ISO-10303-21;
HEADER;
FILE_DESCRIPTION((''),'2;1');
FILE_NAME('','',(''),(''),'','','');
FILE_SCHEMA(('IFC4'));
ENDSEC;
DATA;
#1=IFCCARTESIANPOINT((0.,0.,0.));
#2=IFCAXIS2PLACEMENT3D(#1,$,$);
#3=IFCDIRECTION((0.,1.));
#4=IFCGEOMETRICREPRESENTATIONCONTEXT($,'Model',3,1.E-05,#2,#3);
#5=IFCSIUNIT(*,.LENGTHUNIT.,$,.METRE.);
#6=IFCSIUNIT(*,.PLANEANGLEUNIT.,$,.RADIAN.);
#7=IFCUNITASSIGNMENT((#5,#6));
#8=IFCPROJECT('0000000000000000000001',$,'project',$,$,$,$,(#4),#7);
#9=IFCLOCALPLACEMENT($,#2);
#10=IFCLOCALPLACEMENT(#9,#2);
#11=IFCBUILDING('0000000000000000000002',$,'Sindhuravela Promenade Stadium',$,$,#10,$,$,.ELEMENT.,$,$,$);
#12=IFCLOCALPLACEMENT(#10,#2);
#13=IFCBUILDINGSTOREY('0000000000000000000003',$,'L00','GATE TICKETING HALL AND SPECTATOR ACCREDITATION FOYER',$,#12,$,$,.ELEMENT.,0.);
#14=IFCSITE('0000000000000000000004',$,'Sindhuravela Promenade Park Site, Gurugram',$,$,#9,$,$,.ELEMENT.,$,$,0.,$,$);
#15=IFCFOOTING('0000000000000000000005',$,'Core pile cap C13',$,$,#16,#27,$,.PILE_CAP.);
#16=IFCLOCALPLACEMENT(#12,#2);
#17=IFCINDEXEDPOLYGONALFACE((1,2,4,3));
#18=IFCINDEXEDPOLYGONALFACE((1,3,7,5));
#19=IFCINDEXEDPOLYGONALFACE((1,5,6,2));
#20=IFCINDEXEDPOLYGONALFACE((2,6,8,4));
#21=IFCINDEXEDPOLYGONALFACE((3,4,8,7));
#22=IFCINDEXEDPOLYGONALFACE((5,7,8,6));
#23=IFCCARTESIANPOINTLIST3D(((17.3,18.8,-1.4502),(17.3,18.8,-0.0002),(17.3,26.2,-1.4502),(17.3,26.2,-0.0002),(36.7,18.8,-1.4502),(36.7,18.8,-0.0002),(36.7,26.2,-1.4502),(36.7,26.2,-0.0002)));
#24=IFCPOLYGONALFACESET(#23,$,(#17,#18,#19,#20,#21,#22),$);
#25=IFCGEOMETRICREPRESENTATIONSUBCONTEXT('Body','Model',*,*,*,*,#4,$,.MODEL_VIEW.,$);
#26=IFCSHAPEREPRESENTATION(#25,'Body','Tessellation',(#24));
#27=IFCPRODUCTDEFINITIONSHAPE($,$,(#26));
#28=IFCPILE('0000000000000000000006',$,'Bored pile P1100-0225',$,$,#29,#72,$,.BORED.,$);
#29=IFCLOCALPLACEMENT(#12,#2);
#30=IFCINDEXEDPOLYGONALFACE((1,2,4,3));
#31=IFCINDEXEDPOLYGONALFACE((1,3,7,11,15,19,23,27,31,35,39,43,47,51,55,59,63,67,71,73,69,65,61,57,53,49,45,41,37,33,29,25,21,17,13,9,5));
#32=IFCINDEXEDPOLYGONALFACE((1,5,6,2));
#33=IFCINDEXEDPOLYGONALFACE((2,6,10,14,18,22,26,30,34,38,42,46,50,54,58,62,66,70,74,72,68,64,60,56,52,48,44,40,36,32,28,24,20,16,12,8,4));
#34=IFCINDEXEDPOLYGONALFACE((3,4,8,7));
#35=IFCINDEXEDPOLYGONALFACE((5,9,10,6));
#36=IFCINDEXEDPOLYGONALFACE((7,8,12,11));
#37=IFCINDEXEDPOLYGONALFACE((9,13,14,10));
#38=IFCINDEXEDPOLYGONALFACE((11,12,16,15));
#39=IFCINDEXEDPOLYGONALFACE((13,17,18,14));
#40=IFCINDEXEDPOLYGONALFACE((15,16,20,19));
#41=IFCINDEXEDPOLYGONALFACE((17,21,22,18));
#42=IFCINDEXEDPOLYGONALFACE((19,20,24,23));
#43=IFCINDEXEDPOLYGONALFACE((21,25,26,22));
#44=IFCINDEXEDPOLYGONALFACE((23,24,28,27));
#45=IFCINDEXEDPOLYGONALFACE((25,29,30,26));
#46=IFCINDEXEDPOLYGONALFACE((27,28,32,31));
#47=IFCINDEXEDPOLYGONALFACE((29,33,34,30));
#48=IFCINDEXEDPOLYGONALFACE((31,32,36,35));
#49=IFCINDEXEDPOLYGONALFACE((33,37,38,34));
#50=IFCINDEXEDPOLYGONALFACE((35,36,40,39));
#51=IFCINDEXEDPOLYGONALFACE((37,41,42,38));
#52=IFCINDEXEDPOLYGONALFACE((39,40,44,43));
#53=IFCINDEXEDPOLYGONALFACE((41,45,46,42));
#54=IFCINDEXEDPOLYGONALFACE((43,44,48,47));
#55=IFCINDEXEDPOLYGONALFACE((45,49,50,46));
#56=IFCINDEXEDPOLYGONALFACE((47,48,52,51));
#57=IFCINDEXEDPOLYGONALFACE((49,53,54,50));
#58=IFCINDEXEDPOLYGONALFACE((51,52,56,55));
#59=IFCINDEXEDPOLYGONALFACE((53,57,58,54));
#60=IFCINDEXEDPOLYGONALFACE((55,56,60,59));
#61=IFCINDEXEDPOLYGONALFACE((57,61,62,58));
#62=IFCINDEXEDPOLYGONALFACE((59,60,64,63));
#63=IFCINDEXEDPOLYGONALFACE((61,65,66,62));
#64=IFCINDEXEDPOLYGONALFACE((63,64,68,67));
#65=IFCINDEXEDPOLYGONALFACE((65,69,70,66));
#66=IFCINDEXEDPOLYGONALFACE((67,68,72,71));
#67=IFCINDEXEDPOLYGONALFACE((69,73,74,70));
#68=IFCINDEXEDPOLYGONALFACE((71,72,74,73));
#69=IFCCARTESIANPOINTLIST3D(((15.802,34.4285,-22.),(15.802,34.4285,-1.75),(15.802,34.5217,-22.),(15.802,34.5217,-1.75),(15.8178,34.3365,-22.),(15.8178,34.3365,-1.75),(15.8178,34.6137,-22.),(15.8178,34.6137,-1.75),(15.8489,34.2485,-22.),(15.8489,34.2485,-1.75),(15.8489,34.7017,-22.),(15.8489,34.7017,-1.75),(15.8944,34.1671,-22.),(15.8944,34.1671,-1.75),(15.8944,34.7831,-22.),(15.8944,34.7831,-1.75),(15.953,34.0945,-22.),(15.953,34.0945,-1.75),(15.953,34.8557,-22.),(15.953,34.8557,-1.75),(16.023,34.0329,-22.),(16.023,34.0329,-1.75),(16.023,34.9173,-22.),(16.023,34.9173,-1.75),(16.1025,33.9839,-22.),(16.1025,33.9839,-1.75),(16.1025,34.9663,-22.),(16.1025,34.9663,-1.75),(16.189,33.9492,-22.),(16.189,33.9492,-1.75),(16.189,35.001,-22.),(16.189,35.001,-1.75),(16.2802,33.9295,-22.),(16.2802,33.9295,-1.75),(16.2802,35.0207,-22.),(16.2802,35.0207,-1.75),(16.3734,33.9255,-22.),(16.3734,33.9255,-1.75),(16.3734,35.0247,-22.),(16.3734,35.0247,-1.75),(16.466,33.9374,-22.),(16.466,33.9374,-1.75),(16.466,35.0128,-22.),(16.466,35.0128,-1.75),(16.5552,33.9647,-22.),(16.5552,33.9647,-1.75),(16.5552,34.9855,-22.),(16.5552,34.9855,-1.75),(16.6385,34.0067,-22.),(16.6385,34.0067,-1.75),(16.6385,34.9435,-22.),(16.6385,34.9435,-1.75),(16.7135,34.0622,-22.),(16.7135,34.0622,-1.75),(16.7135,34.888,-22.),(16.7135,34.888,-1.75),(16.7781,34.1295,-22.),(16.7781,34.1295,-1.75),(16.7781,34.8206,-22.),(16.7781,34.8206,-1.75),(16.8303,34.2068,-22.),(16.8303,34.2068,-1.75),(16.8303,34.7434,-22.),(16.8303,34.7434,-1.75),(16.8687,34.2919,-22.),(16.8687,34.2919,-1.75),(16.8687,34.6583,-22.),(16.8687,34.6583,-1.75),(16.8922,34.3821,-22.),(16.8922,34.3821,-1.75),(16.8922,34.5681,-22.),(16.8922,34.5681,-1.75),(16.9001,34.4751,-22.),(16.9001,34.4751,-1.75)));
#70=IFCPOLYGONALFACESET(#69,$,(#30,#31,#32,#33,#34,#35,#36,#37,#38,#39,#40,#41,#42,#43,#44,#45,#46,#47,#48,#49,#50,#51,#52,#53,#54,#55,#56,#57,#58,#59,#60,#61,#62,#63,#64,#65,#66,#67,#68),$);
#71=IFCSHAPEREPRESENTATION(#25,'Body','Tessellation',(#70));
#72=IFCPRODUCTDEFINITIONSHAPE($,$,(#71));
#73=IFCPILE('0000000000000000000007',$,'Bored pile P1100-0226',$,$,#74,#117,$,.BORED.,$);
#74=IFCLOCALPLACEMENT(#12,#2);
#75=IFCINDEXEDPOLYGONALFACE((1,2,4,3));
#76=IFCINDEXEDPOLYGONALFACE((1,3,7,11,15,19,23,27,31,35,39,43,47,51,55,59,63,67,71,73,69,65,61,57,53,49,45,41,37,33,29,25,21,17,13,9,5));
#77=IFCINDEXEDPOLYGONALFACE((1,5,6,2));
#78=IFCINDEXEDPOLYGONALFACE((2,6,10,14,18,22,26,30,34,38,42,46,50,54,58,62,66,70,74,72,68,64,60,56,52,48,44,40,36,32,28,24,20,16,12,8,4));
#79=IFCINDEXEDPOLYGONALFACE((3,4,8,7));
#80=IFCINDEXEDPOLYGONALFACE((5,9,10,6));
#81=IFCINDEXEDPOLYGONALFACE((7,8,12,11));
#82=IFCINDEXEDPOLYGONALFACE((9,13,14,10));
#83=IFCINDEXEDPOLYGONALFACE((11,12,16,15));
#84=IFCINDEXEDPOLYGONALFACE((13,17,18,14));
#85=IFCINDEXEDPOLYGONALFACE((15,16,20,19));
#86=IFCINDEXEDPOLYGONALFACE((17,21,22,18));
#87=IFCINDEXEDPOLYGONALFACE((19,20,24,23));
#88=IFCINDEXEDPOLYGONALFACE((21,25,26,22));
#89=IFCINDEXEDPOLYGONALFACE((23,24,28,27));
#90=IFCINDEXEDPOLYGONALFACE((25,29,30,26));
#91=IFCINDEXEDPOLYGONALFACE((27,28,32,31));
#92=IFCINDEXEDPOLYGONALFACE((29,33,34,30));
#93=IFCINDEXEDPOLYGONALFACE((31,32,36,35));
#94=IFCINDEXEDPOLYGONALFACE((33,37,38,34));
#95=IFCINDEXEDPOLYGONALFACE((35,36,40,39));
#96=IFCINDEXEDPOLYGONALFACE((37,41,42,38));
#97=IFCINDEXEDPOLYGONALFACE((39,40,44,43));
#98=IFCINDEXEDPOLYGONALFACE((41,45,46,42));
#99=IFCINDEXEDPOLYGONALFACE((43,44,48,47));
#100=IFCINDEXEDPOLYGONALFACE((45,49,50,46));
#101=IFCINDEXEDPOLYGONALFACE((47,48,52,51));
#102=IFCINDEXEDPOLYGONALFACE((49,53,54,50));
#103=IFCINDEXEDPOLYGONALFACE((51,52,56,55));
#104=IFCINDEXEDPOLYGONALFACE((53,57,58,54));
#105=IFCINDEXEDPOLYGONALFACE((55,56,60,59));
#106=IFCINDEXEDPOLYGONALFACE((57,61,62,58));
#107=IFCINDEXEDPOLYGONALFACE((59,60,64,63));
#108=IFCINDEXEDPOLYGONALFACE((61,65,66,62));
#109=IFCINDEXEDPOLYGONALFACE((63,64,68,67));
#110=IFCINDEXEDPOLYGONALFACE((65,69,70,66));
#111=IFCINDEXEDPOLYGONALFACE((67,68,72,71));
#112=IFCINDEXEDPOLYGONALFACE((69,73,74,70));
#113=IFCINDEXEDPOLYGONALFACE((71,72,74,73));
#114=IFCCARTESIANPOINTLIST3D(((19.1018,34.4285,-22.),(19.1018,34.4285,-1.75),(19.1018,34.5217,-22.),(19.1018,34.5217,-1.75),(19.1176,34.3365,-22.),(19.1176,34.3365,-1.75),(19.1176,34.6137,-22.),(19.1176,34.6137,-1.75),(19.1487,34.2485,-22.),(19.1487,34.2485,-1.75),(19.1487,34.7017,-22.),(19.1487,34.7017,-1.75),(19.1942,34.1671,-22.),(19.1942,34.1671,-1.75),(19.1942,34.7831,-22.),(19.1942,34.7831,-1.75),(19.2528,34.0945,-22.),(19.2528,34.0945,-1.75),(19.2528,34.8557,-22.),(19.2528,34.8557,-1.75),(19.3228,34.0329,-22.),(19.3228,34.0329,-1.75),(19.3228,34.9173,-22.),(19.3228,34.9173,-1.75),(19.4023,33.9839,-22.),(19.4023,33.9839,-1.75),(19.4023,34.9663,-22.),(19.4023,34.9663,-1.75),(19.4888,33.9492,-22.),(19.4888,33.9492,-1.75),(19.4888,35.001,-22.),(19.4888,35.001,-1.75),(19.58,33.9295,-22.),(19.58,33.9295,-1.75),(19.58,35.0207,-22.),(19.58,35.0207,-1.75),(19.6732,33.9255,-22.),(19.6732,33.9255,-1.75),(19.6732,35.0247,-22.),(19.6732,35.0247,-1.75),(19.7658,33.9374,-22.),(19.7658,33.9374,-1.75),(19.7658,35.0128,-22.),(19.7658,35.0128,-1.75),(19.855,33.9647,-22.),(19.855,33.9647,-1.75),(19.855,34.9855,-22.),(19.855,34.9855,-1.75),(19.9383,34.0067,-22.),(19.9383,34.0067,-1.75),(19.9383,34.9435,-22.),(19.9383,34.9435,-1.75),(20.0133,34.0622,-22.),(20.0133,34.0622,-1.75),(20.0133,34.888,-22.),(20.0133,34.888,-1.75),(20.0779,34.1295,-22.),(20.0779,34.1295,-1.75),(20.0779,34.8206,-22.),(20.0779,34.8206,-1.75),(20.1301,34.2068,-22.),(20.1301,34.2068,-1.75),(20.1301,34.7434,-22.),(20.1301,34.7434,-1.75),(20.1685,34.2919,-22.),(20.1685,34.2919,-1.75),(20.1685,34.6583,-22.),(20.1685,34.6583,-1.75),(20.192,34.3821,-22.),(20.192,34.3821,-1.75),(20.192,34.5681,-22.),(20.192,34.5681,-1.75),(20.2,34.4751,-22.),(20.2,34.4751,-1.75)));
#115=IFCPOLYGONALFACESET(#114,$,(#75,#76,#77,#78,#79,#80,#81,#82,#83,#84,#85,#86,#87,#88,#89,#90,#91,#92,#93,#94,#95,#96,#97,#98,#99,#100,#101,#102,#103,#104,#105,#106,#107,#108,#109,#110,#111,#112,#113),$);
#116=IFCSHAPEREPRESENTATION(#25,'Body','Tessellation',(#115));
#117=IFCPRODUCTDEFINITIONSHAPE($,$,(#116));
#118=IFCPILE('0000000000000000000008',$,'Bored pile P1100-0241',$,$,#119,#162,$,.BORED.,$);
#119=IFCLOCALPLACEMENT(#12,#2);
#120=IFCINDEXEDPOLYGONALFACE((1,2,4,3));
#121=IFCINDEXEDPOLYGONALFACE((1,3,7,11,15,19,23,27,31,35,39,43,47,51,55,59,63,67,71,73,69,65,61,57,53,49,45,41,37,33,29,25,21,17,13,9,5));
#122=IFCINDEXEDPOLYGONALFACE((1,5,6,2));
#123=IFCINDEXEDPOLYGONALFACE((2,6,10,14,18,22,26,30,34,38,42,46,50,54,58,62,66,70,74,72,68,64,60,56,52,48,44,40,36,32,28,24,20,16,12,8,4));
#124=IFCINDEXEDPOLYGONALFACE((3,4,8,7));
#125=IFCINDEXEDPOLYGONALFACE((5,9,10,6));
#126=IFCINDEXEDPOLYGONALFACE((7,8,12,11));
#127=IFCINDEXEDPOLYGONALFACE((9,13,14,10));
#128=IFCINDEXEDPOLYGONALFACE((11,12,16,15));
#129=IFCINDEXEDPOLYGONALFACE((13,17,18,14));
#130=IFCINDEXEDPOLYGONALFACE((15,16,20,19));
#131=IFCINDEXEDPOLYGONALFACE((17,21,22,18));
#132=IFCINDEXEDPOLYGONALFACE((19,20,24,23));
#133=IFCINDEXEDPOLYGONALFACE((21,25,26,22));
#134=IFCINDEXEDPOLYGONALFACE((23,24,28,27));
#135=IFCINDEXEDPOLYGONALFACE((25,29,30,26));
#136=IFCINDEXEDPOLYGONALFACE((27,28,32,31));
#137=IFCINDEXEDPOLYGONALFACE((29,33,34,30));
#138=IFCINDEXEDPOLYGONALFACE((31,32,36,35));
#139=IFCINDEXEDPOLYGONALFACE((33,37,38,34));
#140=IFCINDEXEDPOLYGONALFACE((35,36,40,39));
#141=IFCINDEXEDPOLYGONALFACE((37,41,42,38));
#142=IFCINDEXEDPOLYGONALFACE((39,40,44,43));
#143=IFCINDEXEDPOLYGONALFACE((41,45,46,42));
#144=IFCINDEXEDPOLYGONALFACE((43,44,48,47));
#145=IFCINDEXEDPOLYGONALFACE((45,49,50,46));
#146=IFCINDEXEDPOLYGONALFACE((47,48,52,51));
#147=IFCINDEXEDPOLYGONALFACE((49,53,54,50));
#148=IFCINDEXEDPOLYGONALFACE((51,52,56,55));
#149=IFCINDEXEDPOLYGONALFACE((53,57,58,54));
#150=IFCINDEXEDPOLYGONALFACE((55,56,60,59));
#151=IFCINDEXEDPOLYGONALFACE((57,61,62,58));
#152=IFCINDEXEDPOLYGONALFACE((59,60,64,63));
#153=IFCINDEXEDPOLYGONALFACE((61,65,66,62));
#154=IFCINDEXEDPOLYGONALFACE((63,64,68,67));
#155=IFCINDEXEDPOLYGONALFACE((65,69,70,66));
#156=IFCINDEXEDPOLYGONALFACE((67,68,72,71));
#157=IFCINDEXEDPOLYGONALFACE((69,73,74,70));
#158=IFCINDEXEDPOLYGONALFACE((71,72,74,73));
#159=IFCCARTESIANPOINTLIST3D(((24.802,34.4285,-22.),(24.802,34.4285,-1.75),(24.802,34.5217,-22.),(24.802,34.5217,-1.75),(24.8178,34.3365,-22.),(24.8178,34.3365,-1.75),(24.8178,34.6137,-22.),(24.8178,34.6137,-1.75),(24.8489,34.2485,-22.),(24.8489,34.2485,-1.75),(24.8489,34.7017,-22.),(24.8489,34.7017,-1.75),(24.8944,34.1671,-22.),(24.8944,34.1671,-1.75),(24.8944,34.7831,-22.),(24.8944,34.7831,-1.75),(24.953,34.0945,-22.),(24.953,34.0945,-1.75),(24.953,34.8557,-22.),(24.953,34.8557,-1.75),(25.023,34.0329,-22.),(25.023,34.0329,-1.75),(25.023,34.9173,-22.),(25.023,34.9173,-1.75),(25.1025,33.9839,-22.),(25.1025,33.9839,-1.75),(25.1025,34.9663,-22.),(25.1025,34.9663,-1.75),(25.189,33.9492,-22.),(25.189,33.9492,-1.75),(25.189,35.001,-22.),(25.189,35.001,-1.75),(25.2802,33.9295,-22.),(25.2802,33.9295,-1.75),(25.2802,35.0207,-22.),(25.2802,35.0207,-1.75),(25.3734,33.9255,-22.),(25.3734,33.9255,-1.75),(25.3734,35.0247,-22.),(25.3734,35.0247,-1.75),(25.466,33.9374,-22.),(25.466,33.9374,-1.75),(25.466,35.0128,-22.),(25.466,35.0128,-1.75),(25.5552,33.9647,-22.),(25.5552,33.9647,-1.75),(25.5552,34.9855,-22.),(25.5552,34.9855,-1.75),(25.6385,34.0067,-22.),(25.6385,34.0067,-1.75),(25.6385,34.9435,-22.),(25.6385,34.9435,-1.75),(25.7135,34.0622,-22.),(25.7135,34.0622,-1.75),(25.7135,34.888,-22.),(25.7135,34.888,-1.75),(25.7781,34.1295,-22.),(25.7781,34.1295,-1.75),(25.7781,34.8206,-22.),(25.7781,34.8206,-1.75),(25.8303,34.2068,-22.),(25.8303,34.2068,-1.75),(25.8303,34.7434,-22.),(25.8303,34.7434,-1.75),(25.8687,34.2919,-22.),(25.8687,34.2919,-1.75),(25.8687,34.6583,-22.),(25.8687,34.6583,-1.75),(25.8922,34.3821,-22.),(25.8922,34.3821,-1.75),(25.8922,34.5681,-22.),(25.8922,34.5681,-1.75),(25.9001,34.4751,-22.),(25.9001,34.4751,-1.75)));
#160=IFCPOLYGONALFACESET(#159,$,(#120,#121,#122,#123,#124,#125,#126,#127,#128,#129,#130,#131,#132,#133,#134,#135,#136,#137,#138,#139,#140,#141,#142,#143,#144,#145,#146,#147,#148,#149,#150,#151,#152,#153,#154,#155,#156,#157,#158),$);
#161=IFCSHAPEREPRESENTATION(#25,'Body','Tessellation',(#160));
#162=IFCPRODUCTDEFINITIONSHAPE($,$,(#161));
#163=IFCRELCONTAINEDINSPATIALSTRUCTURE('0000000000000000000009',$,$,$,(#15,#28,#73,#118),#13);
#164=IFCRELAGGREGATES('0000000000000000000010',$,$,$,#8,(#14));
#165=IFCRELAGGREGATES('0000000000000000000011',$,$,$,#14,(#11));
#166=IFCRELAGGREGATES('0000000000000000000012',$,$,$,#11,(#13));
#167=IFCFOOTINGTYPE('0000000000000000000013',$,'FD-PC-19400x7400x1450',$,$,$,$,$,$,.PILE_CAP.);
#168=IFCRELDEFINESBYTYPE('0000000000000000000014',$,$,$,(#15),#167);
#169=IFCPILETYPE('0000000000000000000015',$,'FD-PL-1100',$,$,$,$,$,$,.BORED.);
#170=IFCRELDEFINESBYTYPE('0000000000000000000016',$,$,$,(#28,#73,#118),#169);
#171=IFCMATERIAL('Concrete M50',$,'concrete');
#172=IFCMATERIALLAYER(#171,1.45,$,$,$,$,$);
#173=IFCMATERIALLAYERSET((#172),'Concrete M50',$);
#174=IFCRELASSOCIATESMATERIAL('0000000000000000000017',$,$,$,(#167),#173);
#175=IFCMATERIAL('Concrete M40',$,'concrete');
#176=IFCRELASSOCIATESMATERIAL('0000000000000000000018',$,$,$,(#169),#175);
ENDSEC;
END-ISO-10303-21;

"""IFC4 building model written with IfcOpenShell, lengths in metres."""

from ifc_helpers import new_model, si_unit, direction, frame, origin, origin_2d, place, context, subcontext, project, spatial, rectangle, circle, extrude, material, layer, layer_set, material_profile, profile_set, type_object, element, save


model = new_model("IFC4")

# Units and contexts
model_context = context("Model", 3, precision=1e-05, world=origin(), true_north=direction((0.0, 1.0)))
body_context = subcontext(model_context, "Body", "Model", "MODEL_VIEW")
ifc_project = project(units=[si_unit("LENGTHUNIT", "METRE"), si_unit("PLANEANGLEUNIT", "RADIAN")], contexts=[model_context])

# Site, building, storey
site_placement = place(None, origin())
site = spatial("IfcSite", under=ifc_project, at=site_placement, Name="Sindhuravela Promenade Park Site, Gurugram", CompositionType="ELEMENT", RefElevation=0.0)
building_placement = place(site_placement, origin())
building = spatial("IfcBuilding", under=site, at=building_placement, Name="Sindhuravela Promenade Stadium", CompositionType="ELEMENT")
storey_placement = place(building_placement, origin())
storey = spatial("IfcBuildingStorey", under=building, at=storey_placement, Name="L00", Description="GATE TICKETING HALL AND SPECTATOR ACCREDITATION FOYER", CompositionType="ELEMENT", Elevation=0.0)

# Footing
ifc_material_1 = material(Name="Concrete M50", Category="concrete")
ifc_layer_1 = layer(ifc_material_1, 1.45)
ifc_layer_set_1 = layer_set([ifc_layer_1], Name="Concrete M50")
footing_type = type_object("IfcFootingType", Name="FD-PC-19400x7400x1450", PredefinedType="PILE_CAP", material=ifc_layer_set_1)
footing_placement = place(storey_placement, frame((27.0, 22.5, -1.4502), z_axis=(0.0, 0.0, 1.0), x_axis=(1.0, 0.0, 0.0)))
element("IfcFooting", 1, at=footing_placement, inside=storey, type_object=footing_type, Name="Core pile cap C13", PredefinedType="PILE_CAP", context=body_context, shape_type="SweptSolid", body=[
    extrude(rectangle(XDim=19.3999, YDim=7.3999, at=origin_2d()), origin(), (0.0, 0.0, 1.0), 1.45),
])

# Piles
ifc_material_2 = material(Name="Concrete M40", Category="concrete")
ifc_material_profile_1 = material_profile(ifc_material_2, circle(Radius=0.55, at=origin_2d()), Name="BORED PILE D1100")
ifc_profile_set_1 = profile_set([ifc_material_profile_1], Name="Concrete M40")
pile_type_1 = type_object("IfcPileType", Name="FD-PL-1100", PredefinedType="BORED", material=ifc_profile_set_1)
for number, where, z_axis, x_axis, name in (
    (2, (16.3501, 34.4751, -1.75), (0.0, 0.0, -1.0), (1.0, 0.0, 0.0), "Bored pile P1100-0225"),
    (3, (19.6499, 34.4751, -1.75), (0.0, 0.0, -1.0), (1.0, 0.0, 0.0), "Bored pile P1100-0226"),
    (4, (25.3501, 34.4751, -1.75), (0.0, 0.0, -1.0), (1.0, 0.0, 0.0), "Bored pile P1100-0241"),
):
    element("IfcPile", number, at=place(storey_placement, frame(where, z_axis=z_axis, x_axis=x_axis)), inside=storey, type_object=pile_type_1, Name=name, PredefinedType="BORED", context=body_context, shape_type="SweptSolid", body=[
        extrude(circle(Radius=0.55, at=origin_2d()), origin(), (0.0, 0.0, 1.0), 20.25),
    ])

save(model, "model.ifc")
